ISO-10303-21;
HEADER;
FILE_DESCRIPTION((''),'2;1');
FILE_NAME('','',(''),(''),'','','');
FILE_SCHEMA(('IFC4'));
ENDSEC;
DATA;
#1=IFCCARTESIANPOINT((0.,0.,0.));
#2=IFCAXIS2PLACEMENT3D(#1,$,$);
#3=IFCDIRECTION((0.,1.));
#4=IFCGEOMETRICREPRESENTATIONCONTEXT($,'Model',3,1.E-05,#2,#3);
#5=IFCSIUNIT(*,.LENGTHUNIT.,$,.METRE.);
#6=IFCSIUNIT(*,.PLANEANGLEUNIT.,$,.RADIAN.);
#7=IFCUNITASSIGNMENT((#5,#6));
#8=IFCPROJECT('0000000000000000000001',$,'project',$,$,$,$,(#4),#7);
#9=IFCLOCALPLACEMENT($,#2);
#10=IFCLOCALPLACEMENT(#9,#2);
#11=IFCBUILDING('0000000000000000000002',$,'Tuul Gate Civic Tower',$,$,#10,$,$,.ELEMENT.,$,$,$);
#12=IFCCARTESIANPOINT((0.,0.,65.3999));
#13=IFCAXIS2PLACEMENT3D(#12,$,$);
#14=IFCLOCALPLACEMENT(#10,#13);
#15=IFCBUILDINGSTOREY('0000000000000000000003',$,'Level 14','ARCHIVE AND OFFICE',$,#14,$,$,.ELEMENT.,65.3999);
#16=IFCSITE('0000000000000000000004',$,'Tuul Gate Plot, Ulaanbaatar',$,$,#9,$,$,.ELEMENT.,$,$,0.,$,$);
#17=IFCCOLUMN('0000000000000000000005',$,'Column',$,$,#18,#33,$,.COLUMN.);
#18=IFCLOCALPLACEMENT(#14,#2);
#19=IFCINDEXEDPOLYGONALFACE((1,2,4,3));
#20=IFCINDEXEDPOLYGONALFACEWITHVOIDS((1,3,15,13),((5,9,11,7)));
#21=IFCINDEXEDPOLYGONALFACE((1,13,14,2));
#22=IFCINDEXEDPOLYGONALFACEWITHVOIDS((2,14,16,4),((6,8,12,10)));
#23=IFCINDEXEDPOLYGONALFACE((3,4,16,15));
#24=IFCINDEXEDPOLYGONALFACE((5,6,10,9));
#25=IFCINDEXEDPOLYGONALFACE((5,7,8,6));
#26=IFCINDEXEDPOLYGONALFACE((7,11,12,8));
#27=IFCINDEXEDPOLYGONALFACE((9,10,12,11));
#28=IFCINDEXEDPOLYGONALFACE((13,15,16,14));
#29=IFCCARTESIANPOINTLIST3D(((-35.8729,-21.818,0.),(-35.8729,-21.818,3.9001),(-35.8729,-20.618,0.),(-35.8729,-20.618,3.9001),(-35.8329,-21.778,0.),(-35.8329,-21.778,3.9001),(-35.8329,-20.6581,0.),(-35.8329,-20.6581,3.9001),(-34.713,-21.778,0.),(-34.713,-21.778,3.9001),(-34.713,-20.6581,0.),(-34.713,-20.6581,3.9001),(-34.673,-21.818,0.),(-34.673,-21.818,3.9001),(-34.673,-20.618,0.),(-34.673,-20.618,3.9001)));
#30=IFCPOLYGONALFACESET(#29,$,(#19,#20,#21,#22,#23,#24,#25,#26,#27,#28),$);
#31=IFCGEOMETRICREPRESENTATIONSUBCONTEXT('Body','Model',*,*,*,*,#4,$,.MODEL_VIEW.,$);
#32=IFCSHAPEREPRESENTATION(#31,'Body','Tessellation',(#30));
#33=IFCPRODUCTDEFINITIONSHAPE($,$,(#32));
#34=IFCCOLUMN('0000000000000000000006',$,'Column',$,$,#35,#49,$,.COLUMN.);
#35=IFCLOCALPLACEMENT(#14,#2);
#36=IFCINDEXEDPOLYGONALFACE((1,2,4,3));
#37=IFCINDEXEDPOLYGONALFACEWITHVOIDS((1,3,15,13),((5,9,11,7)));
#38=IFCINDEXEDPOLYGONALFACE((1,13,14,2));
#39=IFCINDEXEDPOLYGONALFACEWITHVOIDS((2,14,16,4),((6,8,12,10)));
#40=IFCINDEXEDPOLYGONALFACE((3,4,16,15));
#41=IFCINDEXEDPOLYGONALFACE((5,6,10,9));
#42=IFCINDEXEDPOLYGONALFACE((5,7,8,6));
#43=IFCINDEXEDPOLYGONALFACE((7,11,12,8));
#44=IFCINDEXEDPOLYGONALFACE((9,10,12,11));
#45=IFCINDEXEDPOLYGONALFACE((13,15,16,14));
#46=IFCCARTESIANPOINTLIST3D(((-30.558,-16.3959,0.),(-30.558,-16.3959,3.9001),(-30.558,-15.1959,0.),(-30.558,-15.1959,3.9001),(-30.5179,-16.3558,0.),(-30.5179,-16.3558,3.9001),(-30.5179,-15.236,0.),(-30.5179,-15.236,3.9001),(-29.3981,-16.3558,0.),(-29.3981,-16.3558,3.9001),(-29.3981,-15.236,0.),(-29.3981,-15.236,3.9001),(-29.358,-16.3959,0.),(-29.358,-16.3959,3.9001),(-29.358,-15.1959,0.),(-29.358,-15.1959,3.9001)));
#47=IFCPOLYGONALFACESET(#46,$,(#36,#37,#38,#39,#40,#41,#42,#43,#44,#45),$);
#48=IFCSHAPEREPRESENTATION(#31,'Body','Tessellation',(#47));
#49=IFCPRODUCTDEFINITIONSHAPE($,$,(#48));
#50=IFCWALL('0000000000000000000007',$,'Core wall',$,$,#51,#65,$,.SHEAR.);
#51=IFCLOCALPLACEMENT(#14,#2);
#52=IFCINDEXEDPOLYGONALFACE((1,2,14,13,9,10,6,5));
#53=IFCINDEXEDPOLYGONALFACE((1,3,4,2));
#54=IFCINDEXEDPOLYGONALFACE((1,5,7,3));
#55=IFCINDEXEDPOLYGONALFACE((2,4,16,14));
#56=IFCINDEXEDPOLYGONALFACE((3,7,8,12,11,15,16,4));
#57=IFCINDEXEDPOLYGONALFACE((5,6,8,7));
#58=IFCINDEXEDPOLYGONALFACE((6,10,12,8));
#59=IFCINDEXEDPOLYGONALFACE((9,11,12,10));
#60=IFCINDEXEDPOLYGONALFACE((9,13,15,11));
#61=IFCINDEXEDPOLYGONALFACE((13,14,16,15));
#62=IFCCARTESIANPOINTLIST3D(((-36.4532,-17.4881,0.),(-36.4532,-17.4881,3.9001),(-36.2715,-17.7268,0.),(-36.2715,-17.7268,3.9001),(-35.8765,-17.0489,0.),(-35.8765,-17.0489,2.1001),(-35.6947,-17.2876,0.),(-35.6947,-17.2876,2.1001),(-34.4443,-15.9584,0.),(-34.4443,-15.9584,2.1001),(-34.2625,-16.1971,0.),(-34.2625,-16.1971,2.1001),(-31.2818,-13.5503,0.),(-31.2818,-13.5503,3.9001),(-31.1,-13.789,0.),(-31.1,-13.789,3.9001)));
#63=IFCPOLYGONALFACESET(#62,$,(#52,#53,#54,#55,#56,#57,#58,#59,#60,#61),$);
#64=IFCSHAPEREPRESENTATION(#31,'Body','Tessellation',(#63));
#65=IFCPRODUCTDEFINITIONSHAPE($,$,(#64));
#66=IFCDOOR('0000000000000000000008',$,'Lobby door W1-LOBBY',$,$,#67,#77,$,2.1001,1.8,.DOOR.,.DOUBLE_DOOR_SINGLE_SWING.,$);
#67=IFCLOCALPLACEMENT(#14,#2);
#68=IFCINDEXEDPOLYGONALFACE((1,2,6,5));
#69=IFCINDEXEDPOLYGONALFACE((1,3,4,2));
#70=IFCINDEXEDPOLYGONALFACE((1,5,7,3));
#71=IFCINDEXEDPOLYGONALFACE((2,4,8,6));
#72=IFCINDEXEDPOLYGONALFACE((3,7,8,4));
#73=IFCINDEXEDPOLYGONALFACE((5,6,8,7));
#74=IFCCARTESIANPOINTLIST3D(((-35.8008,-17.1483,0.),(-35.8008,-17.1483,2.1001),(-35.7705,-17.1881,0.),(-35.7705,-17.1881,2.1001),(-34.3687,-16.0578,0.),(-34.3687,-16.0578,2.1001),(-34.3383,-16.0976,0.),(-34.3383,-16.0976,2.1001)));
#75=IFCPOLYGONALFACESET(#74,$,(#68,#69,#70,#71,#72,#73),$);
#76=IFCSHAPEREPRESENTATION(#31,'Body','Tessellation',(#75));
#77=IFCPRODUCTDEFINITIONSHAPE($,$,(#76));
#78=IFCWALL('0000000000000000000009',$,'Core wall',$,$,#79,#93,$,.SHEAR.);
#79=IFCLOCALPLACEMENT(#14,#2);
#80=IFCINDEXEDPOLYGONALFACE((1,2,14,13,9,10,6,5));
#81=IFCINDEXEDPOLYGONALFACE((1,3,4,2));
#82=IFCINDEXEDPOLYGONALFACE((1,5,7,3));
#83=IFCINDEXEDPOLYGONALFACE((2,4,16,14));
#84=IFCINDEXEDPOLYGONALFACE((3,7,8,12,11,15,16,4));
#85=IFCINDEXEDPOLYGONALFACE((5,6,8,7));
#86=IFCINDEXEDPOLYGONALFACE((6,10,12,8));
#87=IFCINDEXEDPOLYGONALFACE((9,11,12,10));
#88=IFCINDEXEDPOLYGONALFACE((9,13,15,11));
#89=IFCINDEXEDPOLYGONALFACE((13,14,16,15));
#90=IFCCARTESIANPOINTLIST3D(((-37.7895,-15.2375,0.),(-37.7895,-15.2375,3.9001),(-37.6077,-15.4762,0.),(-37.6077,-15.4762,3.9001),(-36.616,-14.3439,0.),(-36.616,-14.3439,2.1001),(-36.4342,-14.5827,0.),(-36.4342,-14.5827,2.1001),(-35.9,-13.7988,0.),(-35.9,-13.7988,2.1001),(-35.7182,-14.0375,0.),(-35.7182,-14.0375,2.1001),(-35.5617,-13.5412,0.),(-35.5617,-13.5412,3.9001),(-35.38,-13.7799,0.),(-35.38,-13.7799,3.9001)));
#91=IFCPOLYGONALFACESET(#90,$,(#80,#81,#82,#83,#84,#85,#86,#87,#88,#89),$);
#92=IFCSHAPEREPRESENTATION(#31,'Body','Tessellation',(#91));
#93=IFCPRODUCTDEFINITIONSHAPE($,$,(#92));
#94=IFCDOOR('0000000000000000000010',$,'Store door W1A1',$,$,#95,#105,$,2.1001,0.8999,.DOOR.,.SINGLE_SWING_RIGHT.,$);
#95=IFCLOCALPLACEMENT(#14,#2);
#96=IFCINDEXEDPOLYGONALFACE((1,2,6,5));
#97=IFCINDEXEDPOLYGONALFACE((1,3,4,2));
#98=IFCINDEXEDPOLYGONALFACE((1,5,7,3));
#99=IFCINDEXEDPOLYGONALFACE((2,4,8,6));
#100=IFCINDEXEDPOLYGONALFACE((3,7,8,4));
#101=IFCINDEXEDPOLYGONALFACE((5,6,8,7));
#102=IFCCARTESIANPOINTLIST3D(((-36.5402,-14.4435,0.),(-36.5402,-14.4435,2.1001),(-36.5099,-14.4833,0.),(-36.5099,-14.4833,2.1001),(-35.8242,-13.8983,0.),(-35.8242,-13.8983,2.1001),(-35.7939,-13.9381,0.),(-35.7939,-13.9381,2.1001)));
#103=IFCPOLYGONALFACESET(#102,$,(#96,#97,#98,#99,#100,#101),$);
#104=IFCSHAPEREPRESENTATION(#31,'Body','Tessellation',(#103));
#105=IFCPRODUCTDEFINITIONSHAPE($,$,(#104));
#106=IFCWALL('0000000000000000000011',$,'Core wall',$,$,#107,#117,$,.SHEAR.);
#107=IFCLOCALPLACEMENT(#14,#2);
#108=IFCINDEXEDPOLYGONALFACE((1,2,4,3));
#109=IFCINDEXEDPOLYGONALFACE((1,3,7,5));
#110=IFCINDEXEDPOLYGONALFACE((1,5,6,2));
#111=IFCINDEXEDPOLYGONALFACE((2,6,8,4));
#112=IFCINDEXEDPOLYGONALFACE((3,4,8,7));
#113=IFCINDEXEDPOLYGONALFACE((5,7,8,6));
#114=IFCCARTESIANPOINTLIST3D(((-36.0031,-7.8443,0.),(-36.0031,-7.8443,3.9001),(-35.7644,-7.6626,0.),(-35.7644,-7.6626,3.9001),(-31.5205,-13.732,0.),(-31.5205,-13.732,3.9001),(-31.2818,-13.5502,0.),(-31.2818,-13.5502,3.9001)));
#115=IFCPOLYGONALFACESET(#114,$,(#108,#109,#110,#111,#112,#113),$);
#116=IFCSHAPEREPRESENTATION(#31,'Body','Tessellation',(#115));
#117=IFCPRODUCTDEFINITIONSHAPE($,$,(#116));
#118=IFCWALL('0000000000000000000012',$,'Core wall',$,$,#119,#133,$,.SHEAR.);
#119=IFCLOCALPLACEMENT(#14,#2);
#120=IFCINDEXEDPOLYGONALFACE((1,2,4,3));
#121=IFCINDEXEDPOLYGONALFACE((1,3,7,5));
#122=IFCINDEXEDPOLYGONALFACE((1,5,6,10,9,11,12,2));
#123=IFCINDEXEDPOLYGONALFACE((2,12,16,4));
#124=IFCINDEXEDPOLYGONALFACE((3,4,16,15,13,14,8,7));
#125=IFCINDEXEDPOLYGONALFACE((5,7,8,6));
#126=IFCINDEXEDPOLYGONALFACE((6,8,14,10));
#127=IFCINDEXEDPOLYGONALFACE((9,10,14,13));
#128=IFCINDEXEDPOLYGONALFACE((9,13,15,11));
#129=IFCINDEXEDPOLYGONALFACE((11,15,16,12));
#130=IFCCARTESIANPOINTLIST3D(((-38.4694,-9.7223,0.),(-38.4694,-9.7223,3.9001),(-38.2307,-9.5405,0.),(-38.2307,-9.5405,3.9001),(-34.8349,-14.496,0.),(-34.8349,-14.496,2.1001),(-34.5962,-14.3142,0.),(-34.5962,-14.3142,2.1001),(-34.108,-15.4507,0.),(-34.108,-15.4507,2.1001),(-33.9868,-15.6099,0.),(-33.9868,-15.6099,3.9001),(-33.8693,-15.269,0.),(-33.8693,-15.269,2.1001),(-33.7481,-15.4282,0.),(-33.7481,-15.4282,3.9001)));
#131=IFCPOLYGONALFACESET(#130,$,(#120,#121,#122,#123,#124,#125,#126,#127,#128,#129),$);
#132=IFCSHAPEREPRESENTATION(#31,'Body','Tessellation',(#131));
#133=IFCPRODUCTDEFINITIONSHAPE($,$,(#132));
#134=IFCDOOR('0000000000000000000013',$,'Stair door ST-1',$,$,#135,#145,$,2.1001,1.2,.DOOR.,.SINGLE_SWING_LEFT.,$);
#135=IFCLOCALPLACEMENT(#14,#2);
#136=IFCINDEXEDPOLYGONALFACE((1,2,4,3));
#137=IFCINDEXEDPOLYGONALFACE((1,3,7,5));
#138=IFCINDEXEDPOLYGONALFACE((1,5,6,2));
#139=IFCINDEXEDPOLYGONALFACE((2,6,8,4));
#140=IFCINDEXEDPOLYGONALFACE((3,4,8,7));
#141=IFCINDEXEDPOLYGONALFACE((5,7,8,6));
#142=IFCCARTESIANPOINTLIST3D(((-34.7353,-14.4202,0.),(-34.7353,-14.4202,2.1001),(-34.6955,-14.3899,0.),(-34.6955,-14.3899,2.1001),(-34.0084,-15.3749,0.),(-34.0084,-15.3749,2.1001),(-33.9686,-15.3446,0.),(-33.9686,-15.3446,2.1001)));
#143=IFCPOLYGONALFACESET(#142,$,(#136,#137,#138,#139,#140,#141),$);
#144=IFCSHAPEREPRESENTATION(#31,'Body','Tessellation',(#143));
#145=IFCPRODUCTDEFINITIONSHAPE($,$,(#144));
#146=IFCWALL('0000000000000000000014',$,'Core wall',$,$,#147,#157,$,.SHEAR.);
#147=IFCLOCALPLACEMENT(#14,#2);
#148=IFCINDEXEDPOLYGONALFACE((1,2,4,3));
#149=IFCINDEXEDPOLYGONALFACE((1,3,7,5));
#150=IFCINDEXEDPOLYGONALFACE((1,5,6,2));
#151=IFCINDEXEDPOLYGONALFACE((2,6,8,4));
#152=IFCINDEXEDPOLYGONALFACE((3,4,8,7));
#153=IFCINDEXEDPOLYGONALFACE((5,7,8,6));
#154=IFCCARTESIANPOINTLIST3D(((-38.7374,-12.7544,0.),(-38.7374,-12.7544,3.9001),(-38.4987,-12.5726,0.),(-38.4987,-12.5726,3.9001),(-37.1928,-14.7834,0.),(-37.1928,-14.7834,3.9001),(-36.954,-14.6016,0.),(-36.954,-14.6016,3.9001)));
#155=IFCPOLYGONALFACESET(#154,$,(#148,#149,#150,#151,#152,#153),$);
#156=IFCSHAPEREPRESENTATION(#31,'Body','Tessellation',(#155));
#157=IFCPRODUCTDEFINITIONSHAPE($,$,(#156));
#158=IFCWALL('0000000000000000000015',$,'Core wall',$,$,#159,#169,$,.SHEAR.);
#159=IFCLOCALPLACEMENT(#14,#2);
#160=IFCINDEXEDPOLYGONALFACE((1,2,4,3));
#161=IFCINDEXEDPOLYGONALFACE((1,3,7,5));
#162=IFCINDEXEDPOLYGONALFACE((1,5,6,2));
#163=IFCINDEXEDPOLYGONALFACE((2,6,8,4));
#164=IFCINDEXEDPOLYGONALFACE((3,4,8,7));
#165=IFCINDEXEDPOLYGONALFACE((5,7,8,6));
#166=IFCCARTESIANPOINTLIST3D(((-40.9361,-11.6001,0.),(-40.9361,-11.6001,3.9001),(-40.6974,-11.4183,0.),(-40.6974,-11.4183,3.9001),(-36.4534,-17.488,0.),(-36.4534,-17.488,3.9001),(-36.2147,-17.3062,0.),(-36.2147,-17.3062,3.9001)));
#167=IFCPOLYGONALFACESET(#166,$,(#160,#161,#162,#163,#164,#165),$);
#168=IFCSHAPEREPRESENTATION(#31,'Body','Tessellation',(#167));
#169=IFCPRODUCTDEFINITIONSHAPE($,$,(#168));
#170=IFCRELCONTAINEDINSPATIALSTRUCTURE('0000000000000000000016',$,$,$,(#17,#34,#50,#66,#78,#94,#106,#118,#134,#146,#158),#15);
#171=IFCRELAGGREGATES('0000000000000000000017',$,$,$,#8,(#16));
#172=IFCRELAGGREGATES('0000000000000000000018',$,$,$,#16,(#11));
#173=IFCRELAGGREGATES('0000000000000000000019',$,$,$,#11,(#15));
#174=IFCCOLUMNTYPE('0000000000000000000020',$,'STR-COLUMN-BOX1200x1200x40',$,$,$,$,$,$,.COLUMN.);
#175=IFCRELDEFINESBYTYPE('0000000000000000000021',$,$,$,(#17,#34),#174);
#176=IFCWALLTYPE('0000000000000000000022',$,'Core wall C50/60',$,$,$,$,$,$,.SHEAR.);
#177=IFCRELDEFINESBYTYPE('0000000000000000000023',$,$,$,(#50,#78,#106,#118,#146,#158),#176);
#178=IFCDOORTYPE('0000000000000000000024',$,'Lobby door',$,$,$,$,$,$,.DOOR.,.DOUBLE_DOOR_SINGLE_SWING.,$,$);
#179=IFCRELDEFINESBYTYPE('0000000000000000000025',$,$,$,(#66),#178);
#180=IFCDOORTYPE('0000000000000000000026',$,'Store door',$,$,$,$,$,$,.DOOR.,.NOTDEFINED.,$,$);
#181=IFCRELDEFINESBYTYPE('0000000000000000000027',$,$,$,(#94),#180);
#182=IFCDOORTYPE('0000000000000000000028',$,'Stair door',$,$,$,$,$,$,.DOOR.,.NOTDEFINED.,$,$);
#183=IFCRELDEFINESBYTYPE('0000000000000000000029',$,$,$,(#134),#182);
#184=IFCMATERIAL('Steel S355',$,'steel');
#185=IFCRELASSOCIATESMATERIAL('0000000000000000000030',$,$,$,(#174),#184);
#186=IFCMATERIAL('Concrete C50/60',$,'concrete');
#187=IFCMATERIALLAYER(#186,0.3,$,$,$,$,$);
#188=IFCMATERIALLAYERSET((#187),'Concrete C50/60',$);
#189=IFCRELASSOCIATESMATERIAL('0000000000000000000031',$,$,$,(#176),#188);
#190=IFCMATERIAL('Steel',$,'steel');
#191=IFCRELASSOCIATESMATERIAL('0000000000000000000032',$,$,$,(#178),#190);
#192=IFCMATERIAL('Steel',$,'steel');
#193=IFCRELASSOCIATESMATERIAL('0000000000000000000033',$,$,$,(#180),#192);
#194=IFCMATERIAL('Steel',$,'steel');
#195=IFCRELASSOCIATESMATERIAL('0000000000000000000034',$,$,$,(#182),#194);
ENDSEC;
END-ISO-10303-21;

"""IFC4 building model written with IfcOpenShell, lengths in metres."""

from ifc_helpers import new_model, si_unit, direction, frame, frame_2d, origin, origin_2d, place, context, subcontext, project, spatial, rectangle, hollow_rectangle, extrude, material, layer, layer_set, material_profile, profile_set, type_object, element, fill, save


model = new_model("IFC4")

# Units and contexts
model_context = context("Model", 3, precision=1e-05, world=origin(), true_north=direction((0.0, 1.0)))
body_context = subcontext(model_context, "Body", "Model", "MODEL_VIEW")
ifc_project = project(units=[si_unit("LENGTHUNIT", "METRE"), si_unit("PLANEANGLEUNIT", "RADIAN")], contexts=[model_context])

# Site, building, storey
site_placement = place(None, origin())
site = spatial("IfcSite", under=ifc_project, at=site_placement, Name="Tuul Gate Plot, Ulaanbaatar", CompositionType="ELEMENT", RefElevation=0.0)
building_placement = place(site_placement, origin())
building = spatial("IfcBuilding", under=site, at=building_placement, Name="Tuul Gate Civic Tower", CompositionType="ELEMENT")
storey_placement = place(building_placement, frame((0.0, 0.0, 65.3999)))
storey = spatial("IfcBuildingStorey", under=building, at=storey_placement, Name="Level 14", Description="ARCHIVE AND OFFICE", CompositionType="ELEMENT", Elevation=65.3999)

# Columns
ifc_material_1 = material(Name="Steel S355", Category="steel")
ifc_material_profile_1 = material_profile(ifc_material_1, hollow_rectangle(XDim=1.2, YDim=1.2, WallThickness=0.04, at=origin_2d()), Name="BOX1200x1200x40")
ifc_profile_set_1 = profile_set([ifc_material_profile_1], Name="Steel S355")
column_type = type_object("IfcColumnType", Name="STR-COLUMN-BOX1200x1200x40", PredefinedType="COLUMN", material=ifc_profile_set_1)
for number, where, z_axis, x_axis, name in (
    (1, (-35.2729, -21.218, 0.0), (0.0, 0.0, 1.0), (1.0, 0.0, 0.0), "Column"),
    (2, (-29.958, -15.7959, 0.0), (0.0, 0.0, 1.0), (1.0, 0.0, 0.0), "Column"),
):
    element("IfcColumn", number, at=place(storey_placement, frame(where, z_axis=z_axis, x_axis=x_axis)), inside=storey, type_object=column_type, Name=name, PredefinedType="COLUMN", context=body_context, shape_type="SweptSolid", body=[
        extrude(hollow_rectangle(XDim=1.2, YDim=1.2, WallThickness=0.04, at=origin_2d()), origin(), (0.0, 0.0, 1.0), 3.9001),
    ])

# Walls, openings, doors
ifc_material_2 = material(Name="Concrete C50/60", Category="concrete")
ifc_layer_1 = layer(ifc_material_2, 0.3)
ifc_layer_set_1 = layer_set([ifc_layer_1], Name="Concrete C50/60")
wall_type_1 = type_object("IfcWallType", Name="Core wall C50/60", PredefinedType="SHEAR", material=ifc_layer_set_1)
wall_1_placement = place(storey_placement, frame((-31.1909, -13.6697, 0.0), z_axis=(0.0, 0.0, 1.0), x_axis=(-0.795607, -0.605813, 0.0)))
wall_1 = element("IfcWall", 3, at=wall_1_placement, inside=storey, type_object=wall_type_1, Name="Core wall", PredefinedType="SHEAR", context=body_context, shape_type="SweptSolid", body=[
    extrude(rectangle(XDim=6.5, YDim=0.3, at=frame_2d((3.25, 0.0))), origin(), (0.0, 0.0, 1.0), 3.9001),
])
opening_1_placement = place(wall_1_placement, frame((3.9751, 0.0, 0.0)))
opening_1 = element("IfcOpeningElement", 4, at=opening_1_placement, cuts=wall_1, PredefinedType="OPENING", context=body_context, shape_type="SweptSolid", body=[
    extrude(rectangle(XDim=1.8, YDim=2.1001, at=frame_2d((0.8999, 1.05))), frame((0.0, 0.1602, 0.0), z_axis=(0.0, -1.0, 0.0), x_axis=(1.0, 0.0, 0.0)), (0.0, 0.0, 1.0), 0.3201),
])
ifc_material_3 = material(Name="Steel", Category="steel")
door_type_1 = type_object("IfcDoorType", Name="Lobby door", OperationType="DOUBLE_DOOR_SINGLE_SWING", PredefinedType="DOOR", material=ifc_material_3)
door_1_placement = place(opening_1_placement, origin())
door_1 = element("IfcDoor", 5, at=door_1_placement, inside=storey, type_object=door_type_1, Name="Lobby door W1-LOBBY", OperationType="DOUBLE_DOOR_SINGLE_SWING", OverallHeight=2.1001, OverallWidth=1.8, PredefinedType="DOOR", context=body_context, shape_type="SweptSolid", body=[
    extrude(rectangle(XDim=1.8, YDim=2.1001, at=frame_2d((0.8999, 1.05))), frame((0.0, 0.0249, 0.0), z_axis=(0.0, -1.0, 0.0), x_axis=(1.0, 0.0, 0.0)), (0.0, 0.0, 1.0), 0.05),
])
fill(opening_1, door_1)
wall_2_placement = place(storey_placement, frame((-35.4709, -13.6606, 0.0), z_axis=(0.0, 0.0, 1.0), x_axis=(-0.795616, -0.605802, 0.0)))
wall_2 = element("IfcWall", 6, at=wall_2_placement, inside=storey, type_object=wall_type_1, Name="Core wall", PredefinedType="SHEAR", context=body_context, shape_type="SweptSolid", body=[
    extrude(rectangle(XDim=2.8, YDim=0.3, at=frame_2d((1.3999, 0.0))), origin(), (0.0, 0.0, 1.0), 3.9001),
])
opening_2_placement = place(wall_2_placement, frame((0.425, 0.0, 0.0)))
opening_2 = element("IfcOpeningElement", 7, at=opening_2_placement, cuts=wall_2, PredefinedType="OPENING", context=body_context, shape_type="SweptSolid", body=[
    extrude(rectangle(XDim=0.8999, YDim=2.1001, at=frame_2d((0.45, 1.05))), frame((0.0, 0.1602, 0.0), z_axis=(0.0, -1.0, 0.0), x_axis=(1.0, 0.0, 0.0)), (0.0, 0.0, 1.0), 0.3201),
])
ifc_material_4 = material(Name="Steel", Category="steel")
door_type_2 = type_object("IfcDoorType", Name="Store door", OperationType="NOTDEFINED", PredefinedType="DOOR", material=ifc_material_4)
door_2_placement = place(opening_2_placement, frame((0.8999, 0.0, 0.0), z_axis=(0.0, 0.0, 1.0), x_axis=(-1.0, 0.0, 0.0)))
door_2 = element("IfcDoor", 8, at=door_2_placement, inside=storey, type_object=door_type_2, Name="Store door W1A1", OperationType="SINGLE_SWING_RIGHT", OverallHeight=2.1001, OverallWidth=0.8999, PredefinedType="DOOR", context=body_context, shape_type="SweptSolid", body=[
    extrude(rectangle(XDim=0.8999, YDim=2.1001, at=frame_2d((0.45, 1.05))), frame((0.0, 0.0249, 0.0), z_axis=(0.0, -1.0, 0.0), x_axis=(1.0, 0.0, 0.0)), (0.0, 0.0, 1.0), 0.05),
])
fill(opening_2, door_2)

# Wall
wall_3_placement = place(storey_placement, frame((-31.4011, -13.6411, 0.0), z_axis=(0.0, 0.0, 1.0), x_axis=(-0.60577, 0.79564, 0.0)))
element("IfcWall", 9, at=wall_3_placement, inside=storey, type_object=wall_type_1, Name="Core wall", PredefinedType="SHEAR", context=body_context, shape_type="SweptSolid", body=[
    extrude(rectangle(XDim=7.3999, YDim=0.3, at=frame_2d((3.7, 0.0))), origin(), (0.0, 0.0, 1.0), 3.9001),
])

# Wall, opening, door
wall_4_placement = place(storey_placement, frame((-33.8674, -15.519, 0.0), z_axis=(0.0, 0.0, 1.0), x_axis=(-0.60577, 0.79564, 0.0)))
wall_4 = element("IfcWall", 10, at=wall_4_placement, inside=storey, type_object=wall_type_1, Name="Core wall", PredefinedType="SHEAR", context=body_context, shape_type="SweptSolid", body=[
    extrude(rectangle(XDim=7.3999, YDim=0.3, at=frame_2d((3.7, 0.0))), origin(), (0.0, 0.0, 1.0), 3.9001),
])
opening_3_placement = place(wall_4_placement, frame((0.2, 0.0, 0.0)))
opening_3 = element("IfcOpeningElement", 11, at=opening_3_placement, cuts=wall_4, PredefinedType="OPENING", context=body_context, shape_type="SweptSolid", body=[
    extrude(rectangle(XDim=1.2, YDim=2.1001, at=frame_2d((0.6001, 1.05))), frame((0.0, 0.1602, 0.0), z_axis=(0.0, -1.0, 0.0), x_axis=(1.0, 0.0, 0.0)), (0.0, 0.0, 1.0), 0.3201),
])
ifc_material_5 = material(Name="Steel", Category="steel")
door_type_3 = type_object("IfcDoorType", Name="Stair door", OperationType="NOTDEFINED", PredefinedType="DOOR", material=ifc_material_5)
door_3_placement = place(opening_3_placement, origin())
door_3 = element("IfcDoor", 12, at=door_3_placement, inside=storey, type_object=door_type_3, Name="Stair door ST-1", OperationType="SINGLE_SWING_LEFT", OverallHeight=2.1001, OverallWidth=1.2, PredefinedType="DOOR", context=body_context, shape_type="SweptSolid", body=[
    extrude(rectangle(XDim=1.2, YDim=2.1001, at=frame_2d((0.6001, 1.05))), frame((0.0, 0.0249, 0.0), z_axis=(0.0, -1.0, 0.0), x_axis=(1.0, 0.0, 0.0)), (0.0, 0.0, 1.0), 0.05),
])
fill(opening_3, door_3)

# Walls
wall_5_placement = place(storey_placement, frame((-37.0735, -14.6924, 0.0), z_axis=(0.0, 0.0, 1.0), x_axis=(-0.605729, 0.795671, 0.0)))
element("IfcWall", 13, at=wall_5_placement, inside=storey, type_object=wall_type_1, Name="Core wall", PredefinedType="SHEAR", context=body_context, shape_type="SweptSolid", body=[
    extrude(rectangle(XDim=2.55, YDim=0.3, at=frame_2d((1.2749, 0.0))), origin(), (0.0, 0.0, 1.0), 3.9001),
])
wall_6_placement = place(storey_placement, frame((-36.334, -17.3972, 0.0), z_axis=(0.0, 0.0, 1.0), x_axis=(-0.605754, 0.795652, 0.0)))
element("IfcWall", 14, at=wall_6_placement, inside=storey, type_object=wall_type_1, Name="Core wall", PredefinedType="SHEAR", context=body_context, shape_type="SweptSolid", body=[
    extrude(rectangle(XDim=7.4001, YDim=0.3, at=frame_2d((3.7002, 0.0))), origin(), (0.0, 0.0, 1.0), 3.9001),
])

save(model, "model.ifc")
